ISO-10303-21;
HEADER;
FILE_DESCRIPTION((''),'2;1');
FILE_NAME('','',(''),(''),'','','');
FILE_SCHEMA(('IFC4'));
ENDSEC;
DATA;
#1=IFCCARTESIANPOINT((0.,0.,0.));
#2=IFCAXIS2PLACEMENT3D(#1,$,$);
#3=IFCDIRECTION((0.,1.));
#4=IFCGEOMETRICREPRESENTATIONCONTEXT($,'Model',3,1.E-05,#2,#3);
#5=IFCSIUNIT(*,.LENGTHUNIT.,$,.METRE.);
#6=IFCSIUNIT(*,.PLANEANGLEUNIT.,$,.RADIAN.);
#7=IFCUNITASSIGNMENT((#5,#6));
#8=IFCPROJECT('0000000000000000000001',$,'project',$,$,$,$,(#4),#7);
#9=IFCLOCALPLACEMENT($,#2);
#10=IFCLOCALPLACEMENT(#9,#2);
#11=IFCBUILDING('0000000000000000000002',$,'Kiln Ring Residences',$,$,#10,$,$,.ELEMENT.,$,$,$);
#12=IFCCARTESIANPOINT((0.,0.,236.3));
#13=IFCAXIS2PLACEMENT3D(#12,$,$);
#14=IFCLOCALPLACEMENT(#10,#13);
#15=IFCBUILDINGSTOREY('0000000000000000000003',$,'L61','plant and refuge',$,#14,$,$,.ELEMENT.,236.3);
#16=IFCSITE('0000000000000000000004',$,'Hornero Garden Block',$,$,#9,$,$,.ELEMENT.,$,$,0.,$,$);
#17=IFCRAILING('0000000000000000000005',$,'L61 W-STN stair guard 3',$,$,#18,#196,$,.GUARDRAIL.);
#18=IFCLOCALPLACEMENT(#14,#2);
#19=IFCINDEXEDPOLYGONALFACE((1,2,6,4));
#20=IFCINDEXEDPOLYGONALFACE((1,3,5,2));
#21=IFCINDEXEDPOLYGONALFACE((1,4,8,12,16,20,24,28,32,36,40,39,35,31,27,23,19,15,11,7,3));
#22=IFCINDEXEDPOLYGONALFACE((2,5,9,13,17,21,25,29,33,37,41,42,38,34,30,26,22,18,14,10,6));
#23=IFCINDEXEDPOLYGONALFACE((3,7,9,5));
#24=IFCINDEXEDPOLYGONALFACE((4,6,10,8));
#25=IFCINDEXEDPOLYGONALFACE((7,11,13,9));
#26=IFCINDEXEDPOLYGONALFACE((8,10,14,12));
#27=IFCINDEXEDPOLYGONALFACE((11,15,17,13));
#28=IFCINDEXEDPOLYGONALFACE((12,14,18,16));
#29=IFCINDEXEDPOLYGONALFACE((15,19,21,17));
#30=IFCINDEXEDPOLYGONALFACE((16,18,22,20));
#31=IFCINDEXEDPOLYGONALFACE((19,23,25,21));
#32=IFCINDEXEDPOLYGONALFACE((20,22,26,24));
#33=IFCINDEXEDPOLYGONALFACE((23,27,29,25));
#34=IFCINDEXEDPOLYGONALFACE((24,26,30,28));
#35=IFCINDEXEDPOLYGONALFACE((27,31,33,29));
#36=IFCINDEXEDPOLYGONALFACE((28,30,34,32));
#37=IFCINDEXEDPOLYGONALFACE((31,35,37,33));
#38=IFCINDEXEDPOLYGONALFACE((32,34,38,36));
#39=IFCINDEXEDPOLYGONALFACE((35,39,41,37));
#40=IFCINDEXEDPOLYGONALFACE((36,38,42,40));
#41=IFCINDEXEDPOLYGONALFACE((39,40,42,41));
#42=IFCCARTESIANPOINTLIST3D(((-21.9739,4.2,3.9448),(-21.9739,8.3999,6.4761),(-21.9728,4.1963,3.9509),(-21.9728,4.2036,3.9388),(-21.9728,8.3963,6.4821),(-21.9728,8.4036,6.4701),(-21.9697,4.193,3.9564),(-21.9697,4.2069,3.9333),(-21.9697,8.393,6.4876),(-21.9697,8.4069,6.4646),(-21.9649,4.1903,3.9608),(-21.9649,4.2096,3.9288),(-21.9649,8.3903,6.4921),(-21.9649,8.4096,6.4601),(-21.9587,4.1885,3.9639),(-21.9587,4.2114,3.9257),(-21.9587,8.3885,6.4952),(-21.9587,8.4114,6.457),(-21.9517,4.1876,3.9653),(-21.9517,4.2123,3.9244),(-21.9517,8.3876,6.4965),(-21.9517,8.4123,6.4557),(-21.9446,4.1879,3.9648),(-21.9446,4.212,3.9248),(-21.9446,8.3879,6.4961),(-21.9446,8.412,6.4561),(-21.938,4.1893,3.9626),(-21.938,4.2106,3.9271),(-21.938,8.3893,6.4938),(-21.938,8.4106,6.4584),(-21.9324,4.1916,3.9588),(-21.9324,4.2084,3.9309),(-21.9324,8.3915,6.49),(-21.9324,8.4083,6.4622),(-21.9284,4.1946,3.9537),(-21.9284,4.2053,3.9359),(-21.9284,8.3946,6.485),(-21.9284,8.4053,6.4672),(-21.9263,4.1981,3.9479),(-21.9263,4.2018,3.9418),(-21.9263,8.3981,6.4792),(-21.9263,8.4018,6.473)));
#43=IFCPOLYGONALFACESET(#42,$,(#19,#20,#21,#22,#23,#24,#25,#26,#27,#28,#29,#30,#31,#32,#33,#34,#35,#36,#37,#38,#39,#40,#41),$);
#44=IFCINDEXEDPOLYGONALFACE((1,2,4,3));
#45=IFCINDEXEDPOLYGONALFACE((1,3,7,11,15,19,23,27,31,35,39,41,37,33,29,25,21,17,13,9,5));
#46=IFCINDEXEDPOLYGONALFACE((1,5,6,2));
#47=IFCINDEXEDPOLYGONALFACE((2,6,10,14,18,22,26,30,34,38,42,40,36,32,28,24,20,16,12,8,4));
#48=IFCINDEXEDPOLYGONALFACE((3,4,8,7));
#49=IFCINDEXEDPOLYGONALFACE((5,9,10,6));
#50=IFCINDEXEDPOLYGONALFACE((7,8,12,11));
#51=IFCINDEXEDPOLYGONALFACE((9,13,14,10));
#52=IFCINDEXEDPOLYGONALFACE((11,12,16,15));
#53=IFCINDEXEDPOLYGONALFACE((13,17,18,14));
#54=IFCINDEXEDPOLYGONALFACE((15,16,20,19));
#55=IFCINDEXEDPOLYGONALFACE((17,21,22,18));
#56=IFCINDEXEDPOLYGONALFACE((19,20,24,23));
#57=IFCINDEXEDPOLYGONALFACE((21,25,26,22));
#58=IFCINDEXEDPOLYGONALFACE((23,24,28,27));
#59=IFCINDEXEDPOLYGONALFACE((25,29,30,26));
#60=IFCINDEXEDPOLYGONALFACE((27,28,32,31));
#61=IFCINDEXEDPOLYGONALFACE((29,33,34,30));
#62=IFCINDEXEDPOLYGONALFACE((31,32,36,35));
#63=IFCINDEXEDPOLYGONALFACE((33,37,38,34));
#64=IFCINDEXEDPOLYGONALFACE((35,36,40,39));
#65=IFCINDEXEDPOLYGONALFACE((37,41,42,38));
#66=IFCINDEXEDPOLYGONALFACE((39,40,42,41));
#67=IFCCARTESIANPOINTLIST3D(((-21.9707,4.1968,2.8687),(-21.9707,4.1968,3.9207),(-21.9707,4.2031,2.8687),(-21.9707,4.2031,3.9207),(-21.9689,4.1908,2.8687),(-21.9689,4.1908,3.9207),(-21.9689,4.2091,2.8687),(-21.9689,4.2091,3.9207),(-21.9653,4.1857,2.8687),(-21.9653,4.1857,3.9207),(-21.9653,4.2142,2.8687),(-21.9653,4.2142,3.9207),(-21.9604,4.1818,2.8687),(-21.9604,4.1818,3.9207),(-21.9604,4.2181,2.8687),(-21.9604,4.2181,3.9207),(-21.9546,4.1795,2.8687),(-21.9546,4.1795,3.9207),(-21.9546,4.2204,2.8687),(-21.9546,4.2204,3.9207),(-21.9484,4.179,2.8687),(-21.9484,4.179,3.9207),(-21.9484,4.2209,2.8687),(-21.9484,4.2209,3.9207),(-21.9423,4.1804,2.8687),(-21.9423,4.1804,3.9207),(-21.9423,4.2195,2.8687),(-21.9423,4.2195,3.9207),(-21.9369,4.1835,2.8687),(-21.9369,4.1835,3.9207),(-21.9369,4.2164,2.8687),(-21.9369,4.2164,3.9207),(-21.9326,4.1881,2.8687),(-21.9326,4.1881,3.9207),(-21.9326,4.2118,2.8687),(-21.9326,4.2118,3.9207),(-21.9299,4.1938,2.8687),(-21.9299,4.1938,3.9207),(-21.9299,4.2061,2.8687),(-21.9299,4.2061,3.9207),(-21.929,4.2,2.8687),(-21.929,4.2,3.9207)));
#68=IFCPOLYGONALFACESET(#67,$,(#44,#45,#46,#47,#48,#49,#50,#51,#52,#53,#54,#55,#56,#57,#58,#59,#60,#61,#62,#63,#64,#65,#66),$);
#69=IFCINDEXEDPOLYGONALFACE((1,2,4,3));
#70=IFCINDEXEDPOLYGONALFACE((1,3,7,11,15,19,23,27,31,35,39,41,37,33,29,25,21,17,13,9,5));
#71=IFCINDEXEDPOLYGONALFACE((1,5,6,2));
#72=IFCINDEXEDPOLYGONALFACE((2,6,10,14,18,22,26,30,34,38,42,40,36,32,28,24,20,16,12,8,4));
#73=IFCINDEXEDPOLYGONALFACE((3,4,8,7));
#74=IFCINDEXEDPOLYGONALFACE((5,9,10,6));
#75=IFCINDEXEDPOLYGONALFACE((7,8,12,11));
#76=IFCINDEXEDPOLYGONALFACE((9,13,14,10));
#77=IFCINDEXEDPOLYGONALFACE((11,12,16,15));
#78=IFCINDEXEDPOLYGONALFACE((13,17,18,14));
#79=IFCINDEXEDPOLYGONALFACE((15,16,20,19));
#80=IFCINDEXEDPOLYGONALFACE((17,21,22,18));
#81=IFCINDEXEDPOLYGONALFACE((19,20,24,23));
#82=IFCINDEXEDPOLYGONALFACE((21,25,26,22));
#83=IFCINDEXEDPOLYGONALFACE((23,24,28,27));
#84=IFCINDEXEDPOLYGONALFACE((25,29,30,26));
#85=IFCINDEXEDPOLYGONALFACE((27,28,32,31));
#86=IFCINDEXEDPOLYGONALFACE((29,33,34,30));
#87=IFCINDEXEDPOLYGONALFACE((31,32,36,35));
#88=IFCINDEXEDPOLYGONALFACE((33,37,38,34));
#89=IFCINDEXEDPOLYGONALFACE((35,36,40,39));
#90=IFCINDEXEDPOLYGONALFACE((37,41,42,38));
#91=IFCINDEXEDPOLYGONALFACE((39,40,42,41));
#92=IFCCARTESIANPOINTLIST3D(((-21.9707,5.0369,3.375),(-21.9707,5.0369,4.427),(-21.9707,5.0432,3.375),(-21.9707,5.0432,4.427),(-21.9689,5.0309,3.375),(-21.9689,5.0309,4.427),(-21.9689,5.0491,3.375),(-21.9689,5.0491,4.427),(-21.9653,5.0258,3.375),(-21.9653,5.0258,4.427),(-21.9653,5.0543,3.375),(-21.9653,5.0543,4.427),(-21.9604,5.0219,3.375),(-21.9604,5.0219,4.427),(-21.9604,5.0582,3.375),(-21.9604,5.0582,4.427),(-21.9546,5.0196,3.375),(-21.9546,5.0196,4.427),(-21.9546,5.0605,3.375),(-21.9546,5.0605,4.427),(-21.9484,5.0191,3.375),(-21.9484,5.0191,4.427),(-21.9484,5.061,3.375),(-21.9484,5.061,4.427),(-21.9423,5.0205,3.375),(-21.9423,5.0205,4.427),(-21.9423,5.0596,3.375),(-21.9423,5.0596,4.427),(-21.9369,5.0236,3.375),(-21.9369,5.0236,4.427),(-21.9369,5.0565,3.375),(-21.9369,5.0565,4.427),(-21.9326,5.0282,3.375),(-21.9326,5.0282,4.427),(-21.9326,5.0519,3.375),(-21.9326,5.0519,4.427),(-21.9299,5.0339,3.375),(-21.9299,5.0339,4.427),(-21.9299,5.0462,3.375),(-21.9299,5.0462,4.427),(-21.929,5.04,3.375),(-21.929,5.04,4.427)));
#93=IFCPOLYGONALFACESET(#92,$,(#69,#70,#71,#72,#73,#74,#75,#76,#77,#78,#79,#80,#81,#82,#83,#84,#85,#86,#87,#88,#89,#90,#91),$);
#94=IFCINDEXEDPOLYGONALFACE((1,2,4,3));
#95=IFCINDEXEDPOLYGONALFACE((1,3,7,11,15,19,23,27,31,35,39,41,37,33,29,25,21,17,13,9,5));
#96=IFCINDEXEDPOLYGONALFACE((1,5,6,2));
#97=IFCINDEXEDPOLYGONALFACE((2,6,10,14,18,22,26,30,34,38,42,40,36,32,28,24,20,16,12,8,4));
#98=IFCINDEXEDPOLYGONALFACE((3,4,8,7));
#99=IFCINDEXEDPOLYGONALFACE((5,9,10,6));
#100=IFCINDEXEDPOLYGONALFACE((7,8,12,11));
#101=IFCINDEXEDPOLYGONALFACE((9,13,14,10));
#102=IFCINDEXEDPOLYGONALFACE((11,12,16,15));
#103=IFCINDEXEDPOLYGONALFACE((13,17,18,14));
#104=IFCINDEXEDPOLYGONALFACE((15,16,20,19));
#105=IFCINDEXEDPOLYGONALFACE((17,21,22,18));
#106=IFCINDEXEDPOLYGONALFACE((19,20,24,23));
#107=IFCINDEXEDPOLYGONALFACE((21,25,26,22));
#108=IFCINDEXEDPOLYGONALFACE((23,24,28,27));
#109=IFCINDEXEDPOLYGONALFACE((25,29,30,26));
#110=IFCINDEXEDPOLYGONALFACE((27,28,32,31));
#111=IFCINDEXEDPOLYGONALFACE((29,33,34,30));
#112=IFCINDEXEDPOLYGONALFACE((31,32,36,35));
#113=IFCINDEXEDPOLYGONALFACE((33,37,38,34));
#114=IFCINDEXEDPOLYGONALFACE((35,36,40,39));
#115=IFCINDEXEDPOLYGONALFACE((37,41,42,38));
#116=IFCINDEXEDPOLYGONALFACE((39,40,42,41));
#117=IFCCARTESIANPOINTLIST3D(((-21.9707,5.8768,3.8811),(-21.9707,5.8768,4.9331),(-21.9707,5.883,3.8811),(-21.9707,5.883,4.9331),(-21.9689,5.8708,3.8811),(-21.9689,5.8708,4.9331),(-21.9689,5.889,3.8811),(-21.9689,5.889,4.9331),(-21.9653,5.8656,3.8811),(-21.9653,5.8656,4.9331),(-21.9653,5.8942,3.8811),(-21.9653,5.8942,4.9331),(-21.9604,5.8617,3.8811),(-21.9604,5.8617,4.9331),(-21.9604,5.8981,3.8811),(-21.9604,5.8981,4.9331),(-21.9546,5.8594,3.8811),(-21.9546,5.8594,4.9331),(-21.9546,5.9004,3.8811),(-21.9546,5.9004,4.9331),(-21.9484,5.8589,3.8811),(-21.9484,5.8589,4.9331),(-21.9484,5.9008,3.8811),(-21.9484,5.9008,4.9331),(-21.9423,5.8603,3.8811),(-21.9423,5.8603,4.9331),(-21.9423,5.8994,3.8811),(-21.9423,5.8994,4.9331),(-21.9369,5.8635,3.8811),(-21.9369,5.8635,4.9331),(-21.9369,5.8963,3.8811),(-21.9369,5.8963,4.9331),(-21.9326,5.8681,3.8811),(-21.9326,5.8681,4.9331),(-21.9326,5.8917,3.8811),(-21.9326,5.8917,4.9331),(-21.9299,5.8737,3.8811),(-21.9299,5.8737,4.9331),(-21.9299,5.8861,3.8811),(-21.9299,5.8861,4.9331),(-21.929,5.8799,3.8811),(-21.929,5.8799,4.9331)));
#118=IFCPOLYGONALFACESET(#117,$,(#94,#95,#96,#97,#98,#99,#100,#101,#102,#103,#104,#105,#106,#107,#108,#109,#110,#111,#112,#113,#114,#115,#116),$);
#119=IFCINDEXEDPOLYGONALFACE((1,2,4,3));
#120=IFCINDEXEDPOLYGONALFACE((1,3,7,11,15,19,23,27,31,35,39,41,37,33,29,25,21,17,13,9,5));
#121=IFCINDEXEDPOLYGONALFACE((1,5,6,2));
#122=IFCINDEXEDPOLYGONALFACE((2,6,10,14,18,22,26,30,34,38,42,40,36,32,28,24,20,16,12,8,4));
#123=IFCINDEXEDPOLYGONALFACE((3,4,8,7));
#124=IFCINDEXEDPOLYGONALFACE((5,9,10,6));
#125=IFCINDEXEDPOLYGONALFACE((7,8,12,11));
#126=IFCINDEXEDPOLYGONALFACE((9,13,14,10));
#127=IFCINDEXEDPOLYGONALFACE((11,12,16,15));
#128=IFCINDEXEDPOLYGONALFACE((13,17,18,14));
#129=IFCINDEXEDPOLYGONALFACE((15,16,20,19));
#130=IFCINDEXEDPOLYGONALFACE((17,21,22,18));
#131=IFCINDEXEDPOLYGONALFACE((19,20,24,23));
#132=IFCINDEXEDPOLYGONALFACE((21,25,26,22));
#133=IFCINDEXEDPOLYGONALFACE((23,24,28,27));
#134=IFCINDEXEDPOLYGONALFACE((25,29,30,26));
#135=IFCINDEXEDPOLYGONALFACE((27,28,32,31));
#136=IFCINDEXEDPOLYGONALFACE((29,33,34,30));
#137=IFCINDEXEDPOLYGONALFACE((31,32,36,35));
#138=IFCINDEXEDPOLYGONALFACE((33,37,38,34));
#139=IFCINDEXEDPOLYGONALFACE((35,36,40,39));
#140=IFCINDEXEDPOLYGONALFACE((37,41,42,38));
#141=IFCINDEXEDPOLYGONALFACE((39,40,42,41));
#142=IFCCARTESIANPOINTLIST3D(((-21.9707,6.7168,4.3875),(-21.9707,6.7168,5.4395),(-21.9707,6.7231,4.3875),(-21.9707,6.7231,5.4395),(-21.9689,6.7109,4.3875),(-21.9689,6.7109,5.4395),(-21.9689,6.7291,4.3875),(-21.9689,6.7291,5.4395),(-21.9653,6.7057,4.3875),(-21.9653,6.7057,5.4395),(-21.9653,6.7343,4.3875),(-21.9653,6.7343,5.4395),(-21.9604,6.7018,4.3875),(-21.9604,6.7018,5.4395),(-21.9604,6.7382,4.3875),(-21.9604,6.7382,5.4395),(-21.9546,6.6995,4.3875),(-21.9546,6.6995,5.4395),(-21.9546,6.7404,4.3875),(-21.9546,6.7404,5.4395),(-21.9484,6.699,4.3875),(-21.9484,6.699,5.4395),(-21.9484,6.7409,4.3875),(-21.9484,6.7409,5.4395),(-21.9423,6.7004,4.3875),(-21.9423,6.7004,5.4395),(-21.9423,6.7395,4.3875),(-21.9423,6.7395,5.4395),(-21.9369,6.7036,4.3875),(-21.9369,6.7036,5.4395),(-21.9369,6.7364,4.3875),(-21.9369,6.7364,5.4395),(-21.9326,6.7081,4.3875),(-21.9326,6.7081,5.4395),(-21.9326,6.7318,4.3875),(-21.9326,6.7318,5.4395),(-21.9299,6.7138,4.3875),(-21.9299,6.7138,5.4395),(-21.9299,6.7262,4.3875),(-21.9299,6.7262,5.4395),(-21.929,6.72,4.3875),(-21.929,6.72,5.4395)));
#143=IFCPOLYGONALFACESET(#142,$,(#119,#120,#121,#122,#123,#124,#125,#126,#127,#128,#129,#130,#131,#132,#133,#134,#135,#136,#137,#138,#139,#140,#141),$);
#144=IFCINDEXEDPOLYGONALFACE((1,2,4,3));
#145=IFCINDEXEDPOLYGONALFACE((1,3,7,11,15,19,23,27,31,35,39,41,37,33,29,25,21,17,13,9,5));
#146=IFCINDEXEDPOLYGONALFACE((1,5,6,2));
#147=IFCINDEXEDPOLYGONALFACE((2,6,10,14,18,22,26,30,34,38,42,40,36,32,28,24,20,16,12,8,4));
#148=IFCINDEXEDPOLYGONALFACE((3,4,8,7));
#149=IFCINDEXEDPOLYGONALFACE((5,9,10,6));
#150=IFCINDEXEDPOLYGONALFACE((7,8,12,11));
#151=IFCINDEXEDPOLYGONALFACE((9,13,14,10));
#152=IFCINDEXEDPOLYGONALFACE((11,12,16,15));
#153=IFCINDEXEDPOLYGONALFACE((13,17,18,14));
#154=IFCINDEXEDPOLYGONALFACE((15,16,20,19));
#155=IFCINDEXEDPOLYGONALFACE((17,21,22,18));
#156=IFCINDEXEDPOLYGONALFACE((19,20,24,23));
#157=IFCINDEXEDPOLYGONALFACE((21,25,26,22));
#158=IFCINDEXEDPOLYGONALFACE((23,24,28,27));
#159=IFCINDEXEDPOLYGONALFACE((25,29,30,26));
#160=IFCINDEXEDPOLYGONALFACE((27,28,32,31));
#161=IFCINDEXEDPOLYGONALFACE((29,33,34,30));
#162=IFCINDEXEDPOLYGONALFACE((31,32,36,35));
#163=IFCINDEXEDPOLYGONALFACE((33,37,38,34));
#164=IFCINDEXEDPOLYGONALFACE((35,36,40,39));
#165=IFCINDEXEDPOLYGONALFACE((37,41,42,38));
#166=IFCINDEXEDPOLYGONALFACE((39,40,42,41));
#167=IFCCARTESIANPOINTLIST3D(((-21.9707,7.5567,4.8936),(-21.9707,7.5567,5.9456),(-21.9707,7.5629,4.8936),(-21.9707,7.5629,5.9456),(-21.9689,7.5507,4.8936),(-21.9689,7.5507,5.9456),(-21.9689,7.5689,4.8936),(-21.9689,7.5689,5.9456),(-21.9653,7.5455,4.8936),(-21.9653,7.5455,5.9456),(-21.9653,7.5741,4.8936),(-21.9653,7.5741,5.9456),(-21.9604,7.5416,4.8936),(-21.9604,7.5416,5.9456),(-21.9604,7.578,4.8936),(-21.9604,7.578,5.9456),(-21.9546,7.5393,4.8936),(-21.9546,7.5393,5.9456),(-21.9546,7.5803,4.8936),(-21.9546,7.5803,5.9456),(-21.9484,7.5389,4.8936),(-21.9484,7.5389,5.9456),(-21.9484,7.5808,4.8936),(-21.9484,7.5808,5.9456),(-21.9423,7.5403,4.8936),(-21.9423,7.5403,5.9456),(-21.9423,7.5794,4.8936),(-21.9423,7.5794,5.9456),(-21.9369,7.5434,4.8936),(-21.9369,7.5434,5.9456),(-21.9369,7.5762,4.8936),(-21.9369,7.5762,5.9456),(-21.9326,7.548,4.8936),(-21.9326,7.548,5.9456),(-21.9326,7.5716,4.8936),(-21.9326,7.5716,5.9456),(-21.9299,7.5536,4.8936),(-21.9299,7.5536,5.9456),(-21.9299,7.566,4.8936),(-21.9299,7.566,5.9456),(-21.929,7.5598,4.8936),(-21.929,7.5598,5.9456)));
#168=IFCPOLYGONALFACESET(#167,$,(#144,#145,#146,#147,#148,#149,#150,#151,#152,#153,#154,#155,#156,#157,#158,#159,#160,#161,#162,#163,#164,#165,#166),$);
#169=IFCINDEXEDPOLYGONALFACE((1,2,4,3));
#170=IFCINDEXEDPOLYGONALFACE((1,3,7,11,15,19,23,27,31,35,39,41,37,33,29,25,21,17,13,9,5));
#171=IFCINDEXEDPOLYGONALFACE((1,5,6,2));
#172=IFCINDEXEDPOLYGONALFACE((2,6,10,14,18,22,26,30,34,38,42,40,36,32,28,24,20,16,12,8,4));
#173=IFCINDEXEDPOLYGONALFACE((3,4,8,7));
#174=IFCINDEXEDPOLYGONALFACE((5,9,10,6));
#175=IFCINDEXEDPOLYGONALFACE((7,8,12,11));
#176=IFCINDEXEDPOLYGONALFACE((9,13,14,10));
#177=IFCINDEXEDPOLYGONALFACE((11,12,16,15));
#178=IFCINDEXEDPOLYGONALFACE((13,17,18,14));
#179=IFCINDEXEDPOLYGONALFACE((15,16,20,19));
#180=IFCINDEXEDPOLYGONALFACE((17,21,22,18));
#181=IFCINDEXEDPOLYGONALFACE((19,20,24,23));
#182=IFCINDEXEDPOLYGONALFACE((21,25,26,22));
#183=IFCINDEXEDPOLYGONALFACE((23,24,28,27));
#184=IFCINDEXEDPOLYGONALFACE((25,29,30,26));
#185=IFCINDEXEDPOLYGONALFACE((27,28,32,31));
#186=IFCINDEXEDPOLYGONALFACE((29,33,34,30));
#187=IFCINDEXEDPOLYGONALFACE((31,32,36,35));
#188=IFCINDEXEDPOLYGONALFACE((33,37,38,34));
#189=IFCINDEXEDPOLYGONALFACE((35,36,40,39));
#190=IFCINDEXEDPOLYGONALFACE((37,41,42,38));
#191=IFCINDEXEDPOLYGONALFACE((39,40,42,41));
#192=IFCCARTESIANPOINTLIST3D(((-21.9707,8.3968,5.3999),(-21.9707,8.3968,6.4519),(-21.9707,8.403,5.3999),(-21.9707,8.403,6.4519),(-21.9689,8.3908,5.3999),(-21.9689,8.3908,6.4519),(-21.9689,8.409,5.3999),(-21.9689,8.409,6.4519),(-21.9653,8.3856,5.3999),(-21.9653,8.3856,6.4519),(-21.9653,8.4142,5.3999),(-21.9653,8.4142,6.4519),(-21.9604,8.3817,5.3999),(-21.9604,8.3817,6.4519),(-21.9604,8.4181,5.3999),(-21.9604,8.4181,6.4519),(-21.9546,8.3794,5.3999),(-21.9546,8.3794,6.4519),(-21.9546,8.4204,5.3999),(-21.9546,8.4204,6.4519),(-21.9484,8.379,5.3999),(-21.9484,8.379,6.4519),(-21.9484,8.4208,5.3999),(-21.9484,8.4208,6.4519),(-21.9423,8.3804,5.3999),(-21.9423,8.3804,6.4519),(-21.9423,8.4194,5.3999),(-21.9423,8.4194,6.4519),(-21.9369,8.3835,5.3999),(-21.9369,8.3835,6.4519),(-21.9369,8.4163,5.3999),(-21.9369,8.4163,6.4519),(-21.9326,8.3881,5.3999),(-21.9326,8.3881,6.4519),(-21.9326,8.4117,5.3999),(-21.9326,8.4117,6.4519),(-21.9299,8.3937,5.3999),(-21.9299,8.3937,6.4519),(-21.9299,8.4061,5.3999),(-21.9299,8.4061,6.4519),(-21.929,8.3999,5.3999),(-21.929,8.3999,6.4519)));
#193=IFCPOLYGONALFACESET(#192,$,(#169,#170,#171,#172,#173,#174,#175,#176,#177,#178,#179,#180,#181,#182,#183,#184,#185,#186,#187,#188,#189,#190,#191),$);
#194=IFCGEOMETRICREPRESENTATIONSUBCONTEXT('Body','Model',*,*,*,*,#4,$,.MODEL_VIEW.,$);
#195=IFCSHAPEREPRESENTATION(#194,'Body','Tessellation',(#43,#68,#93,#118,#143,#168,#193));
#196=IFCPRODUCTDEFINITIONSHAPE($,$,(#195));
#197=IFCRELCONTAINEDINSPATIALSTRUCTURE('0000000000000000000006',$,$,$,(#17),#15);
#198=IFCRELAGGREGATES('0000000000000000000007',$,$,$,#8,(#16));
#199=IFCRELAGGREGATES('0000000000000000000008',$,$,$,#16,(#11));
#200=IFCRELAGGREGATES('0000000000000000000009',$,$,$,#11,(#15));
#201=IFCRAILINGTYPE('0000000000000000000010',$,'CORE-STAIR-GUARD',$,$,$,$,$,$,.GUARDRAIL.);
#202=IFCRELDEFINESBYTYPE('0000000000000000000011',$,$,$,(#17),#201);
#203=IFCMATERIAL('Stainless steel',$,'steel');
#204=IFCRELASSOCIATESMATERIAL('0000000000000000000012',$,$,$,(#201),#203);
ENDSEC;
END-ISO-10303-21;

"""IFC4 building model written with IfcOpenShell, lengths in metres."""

from ifc_helpers import new_model, si_unit, direction, frame, origin, origin_2d, place, context, subcontext, project, spatial, circle, extrude, material, type_object, element, save


model = new_model("IFC4")

# Units and contexts
model_context = context("Model", 3, precision=1e-05, world=origin(), true_north=direction((0.0, 1.0)))
body_context = subcontext(model_context, "Body", "Model", "MODEL_VIEW")
ifc_project = project(units=[si_unit("LENGTHUNIT", "METRE"), si_unit("PLANEANGLEUNIT", "RADIAN")], contexts=[model_context])

# Site, building, storey
site_placement = place(None, origin())
site = spatial("IfcSite", under=ifc_project, at=site_placement, Name="Hornero Garden Block", CompositionType="ELEMENT", RefElevation=0.0)
building_placement = place(site_placement, origin())
building = spatial("IfcBuilding", under=site, at=building_placement, Name="Kiln Ring Residences", CompositionType="ELEMENT")
storey_placement = place(building_placement, frame((0.0, 0.0, 236.3)))
storey = spatial("IfcBuildingStorey", under=building, at=storey_placement, Name="L61", Description="plant and refuge", CompositionType="ELEMENT", Elevation=236.3)

# Railing
ifc_material_1 = material(Name="Stainless steel", Category="steel")
railing_type_1 = type_object("IfcRailingType", Name="CORE-STAIR-GUARD", PredefinedType="GUARDRAIL", material=ifc_material_1)
railing_1_placement = place(storey_placement, frame((-21.95, 4.2, 2.8687)))
element("IfcRailing", 1, at=railing_1_placement, inside=storey, type_object=railing_type_1, Name="L61 W-STN stair guard 3", PredefinedType="GUARDRAIL", context=body_context, shape_type="SweptSolid", body=[
    extrude(circle(Radius=0.0239, at=origin_2d()), frame((0.0, 0.0, 1.0762), z_axis=(0.0, 0.856476, 0.516186), x_axis=(-1.0, 0.0, 0.0)), (0.0, 0.0, 1.0), 4.9038),
    extrude(circle(Radius=0.021, at=origin_2d()), origin(), (0.0, 0.0, 1.0), 1.052),
    extrude(circle(Radius=0.021, at=origin_2d()), frame((0.0, 0.8401, 0.5063)), (0.0, 0.0, 1.0), 1.052),
    extrude(circle(Radius=0.021, at=origin_2d()), frame((0.0, 1.6799, 1.0125)), (0.0, 0.0, 1.0), 1.052),
    extrude(circle(Radius=0.021, at=origin_2d()), frame((0.0, 2.52, 1.5188)), (0.0, 0.0, 1.0), 1.052),
    extrude(circle(Radius=0.021, at=origin_2d()), frame((0.0, 3.3599, 2.0249)), (0.0, 0.0, 1.0), 1.052),
    extrude(circle(Radius=0.021, at=origin_2d()), frame((0.0, 4.2, 2.5312)), (0.0, 0.0, 1.0), 1.052),
])

save(model, "model.ifc")
